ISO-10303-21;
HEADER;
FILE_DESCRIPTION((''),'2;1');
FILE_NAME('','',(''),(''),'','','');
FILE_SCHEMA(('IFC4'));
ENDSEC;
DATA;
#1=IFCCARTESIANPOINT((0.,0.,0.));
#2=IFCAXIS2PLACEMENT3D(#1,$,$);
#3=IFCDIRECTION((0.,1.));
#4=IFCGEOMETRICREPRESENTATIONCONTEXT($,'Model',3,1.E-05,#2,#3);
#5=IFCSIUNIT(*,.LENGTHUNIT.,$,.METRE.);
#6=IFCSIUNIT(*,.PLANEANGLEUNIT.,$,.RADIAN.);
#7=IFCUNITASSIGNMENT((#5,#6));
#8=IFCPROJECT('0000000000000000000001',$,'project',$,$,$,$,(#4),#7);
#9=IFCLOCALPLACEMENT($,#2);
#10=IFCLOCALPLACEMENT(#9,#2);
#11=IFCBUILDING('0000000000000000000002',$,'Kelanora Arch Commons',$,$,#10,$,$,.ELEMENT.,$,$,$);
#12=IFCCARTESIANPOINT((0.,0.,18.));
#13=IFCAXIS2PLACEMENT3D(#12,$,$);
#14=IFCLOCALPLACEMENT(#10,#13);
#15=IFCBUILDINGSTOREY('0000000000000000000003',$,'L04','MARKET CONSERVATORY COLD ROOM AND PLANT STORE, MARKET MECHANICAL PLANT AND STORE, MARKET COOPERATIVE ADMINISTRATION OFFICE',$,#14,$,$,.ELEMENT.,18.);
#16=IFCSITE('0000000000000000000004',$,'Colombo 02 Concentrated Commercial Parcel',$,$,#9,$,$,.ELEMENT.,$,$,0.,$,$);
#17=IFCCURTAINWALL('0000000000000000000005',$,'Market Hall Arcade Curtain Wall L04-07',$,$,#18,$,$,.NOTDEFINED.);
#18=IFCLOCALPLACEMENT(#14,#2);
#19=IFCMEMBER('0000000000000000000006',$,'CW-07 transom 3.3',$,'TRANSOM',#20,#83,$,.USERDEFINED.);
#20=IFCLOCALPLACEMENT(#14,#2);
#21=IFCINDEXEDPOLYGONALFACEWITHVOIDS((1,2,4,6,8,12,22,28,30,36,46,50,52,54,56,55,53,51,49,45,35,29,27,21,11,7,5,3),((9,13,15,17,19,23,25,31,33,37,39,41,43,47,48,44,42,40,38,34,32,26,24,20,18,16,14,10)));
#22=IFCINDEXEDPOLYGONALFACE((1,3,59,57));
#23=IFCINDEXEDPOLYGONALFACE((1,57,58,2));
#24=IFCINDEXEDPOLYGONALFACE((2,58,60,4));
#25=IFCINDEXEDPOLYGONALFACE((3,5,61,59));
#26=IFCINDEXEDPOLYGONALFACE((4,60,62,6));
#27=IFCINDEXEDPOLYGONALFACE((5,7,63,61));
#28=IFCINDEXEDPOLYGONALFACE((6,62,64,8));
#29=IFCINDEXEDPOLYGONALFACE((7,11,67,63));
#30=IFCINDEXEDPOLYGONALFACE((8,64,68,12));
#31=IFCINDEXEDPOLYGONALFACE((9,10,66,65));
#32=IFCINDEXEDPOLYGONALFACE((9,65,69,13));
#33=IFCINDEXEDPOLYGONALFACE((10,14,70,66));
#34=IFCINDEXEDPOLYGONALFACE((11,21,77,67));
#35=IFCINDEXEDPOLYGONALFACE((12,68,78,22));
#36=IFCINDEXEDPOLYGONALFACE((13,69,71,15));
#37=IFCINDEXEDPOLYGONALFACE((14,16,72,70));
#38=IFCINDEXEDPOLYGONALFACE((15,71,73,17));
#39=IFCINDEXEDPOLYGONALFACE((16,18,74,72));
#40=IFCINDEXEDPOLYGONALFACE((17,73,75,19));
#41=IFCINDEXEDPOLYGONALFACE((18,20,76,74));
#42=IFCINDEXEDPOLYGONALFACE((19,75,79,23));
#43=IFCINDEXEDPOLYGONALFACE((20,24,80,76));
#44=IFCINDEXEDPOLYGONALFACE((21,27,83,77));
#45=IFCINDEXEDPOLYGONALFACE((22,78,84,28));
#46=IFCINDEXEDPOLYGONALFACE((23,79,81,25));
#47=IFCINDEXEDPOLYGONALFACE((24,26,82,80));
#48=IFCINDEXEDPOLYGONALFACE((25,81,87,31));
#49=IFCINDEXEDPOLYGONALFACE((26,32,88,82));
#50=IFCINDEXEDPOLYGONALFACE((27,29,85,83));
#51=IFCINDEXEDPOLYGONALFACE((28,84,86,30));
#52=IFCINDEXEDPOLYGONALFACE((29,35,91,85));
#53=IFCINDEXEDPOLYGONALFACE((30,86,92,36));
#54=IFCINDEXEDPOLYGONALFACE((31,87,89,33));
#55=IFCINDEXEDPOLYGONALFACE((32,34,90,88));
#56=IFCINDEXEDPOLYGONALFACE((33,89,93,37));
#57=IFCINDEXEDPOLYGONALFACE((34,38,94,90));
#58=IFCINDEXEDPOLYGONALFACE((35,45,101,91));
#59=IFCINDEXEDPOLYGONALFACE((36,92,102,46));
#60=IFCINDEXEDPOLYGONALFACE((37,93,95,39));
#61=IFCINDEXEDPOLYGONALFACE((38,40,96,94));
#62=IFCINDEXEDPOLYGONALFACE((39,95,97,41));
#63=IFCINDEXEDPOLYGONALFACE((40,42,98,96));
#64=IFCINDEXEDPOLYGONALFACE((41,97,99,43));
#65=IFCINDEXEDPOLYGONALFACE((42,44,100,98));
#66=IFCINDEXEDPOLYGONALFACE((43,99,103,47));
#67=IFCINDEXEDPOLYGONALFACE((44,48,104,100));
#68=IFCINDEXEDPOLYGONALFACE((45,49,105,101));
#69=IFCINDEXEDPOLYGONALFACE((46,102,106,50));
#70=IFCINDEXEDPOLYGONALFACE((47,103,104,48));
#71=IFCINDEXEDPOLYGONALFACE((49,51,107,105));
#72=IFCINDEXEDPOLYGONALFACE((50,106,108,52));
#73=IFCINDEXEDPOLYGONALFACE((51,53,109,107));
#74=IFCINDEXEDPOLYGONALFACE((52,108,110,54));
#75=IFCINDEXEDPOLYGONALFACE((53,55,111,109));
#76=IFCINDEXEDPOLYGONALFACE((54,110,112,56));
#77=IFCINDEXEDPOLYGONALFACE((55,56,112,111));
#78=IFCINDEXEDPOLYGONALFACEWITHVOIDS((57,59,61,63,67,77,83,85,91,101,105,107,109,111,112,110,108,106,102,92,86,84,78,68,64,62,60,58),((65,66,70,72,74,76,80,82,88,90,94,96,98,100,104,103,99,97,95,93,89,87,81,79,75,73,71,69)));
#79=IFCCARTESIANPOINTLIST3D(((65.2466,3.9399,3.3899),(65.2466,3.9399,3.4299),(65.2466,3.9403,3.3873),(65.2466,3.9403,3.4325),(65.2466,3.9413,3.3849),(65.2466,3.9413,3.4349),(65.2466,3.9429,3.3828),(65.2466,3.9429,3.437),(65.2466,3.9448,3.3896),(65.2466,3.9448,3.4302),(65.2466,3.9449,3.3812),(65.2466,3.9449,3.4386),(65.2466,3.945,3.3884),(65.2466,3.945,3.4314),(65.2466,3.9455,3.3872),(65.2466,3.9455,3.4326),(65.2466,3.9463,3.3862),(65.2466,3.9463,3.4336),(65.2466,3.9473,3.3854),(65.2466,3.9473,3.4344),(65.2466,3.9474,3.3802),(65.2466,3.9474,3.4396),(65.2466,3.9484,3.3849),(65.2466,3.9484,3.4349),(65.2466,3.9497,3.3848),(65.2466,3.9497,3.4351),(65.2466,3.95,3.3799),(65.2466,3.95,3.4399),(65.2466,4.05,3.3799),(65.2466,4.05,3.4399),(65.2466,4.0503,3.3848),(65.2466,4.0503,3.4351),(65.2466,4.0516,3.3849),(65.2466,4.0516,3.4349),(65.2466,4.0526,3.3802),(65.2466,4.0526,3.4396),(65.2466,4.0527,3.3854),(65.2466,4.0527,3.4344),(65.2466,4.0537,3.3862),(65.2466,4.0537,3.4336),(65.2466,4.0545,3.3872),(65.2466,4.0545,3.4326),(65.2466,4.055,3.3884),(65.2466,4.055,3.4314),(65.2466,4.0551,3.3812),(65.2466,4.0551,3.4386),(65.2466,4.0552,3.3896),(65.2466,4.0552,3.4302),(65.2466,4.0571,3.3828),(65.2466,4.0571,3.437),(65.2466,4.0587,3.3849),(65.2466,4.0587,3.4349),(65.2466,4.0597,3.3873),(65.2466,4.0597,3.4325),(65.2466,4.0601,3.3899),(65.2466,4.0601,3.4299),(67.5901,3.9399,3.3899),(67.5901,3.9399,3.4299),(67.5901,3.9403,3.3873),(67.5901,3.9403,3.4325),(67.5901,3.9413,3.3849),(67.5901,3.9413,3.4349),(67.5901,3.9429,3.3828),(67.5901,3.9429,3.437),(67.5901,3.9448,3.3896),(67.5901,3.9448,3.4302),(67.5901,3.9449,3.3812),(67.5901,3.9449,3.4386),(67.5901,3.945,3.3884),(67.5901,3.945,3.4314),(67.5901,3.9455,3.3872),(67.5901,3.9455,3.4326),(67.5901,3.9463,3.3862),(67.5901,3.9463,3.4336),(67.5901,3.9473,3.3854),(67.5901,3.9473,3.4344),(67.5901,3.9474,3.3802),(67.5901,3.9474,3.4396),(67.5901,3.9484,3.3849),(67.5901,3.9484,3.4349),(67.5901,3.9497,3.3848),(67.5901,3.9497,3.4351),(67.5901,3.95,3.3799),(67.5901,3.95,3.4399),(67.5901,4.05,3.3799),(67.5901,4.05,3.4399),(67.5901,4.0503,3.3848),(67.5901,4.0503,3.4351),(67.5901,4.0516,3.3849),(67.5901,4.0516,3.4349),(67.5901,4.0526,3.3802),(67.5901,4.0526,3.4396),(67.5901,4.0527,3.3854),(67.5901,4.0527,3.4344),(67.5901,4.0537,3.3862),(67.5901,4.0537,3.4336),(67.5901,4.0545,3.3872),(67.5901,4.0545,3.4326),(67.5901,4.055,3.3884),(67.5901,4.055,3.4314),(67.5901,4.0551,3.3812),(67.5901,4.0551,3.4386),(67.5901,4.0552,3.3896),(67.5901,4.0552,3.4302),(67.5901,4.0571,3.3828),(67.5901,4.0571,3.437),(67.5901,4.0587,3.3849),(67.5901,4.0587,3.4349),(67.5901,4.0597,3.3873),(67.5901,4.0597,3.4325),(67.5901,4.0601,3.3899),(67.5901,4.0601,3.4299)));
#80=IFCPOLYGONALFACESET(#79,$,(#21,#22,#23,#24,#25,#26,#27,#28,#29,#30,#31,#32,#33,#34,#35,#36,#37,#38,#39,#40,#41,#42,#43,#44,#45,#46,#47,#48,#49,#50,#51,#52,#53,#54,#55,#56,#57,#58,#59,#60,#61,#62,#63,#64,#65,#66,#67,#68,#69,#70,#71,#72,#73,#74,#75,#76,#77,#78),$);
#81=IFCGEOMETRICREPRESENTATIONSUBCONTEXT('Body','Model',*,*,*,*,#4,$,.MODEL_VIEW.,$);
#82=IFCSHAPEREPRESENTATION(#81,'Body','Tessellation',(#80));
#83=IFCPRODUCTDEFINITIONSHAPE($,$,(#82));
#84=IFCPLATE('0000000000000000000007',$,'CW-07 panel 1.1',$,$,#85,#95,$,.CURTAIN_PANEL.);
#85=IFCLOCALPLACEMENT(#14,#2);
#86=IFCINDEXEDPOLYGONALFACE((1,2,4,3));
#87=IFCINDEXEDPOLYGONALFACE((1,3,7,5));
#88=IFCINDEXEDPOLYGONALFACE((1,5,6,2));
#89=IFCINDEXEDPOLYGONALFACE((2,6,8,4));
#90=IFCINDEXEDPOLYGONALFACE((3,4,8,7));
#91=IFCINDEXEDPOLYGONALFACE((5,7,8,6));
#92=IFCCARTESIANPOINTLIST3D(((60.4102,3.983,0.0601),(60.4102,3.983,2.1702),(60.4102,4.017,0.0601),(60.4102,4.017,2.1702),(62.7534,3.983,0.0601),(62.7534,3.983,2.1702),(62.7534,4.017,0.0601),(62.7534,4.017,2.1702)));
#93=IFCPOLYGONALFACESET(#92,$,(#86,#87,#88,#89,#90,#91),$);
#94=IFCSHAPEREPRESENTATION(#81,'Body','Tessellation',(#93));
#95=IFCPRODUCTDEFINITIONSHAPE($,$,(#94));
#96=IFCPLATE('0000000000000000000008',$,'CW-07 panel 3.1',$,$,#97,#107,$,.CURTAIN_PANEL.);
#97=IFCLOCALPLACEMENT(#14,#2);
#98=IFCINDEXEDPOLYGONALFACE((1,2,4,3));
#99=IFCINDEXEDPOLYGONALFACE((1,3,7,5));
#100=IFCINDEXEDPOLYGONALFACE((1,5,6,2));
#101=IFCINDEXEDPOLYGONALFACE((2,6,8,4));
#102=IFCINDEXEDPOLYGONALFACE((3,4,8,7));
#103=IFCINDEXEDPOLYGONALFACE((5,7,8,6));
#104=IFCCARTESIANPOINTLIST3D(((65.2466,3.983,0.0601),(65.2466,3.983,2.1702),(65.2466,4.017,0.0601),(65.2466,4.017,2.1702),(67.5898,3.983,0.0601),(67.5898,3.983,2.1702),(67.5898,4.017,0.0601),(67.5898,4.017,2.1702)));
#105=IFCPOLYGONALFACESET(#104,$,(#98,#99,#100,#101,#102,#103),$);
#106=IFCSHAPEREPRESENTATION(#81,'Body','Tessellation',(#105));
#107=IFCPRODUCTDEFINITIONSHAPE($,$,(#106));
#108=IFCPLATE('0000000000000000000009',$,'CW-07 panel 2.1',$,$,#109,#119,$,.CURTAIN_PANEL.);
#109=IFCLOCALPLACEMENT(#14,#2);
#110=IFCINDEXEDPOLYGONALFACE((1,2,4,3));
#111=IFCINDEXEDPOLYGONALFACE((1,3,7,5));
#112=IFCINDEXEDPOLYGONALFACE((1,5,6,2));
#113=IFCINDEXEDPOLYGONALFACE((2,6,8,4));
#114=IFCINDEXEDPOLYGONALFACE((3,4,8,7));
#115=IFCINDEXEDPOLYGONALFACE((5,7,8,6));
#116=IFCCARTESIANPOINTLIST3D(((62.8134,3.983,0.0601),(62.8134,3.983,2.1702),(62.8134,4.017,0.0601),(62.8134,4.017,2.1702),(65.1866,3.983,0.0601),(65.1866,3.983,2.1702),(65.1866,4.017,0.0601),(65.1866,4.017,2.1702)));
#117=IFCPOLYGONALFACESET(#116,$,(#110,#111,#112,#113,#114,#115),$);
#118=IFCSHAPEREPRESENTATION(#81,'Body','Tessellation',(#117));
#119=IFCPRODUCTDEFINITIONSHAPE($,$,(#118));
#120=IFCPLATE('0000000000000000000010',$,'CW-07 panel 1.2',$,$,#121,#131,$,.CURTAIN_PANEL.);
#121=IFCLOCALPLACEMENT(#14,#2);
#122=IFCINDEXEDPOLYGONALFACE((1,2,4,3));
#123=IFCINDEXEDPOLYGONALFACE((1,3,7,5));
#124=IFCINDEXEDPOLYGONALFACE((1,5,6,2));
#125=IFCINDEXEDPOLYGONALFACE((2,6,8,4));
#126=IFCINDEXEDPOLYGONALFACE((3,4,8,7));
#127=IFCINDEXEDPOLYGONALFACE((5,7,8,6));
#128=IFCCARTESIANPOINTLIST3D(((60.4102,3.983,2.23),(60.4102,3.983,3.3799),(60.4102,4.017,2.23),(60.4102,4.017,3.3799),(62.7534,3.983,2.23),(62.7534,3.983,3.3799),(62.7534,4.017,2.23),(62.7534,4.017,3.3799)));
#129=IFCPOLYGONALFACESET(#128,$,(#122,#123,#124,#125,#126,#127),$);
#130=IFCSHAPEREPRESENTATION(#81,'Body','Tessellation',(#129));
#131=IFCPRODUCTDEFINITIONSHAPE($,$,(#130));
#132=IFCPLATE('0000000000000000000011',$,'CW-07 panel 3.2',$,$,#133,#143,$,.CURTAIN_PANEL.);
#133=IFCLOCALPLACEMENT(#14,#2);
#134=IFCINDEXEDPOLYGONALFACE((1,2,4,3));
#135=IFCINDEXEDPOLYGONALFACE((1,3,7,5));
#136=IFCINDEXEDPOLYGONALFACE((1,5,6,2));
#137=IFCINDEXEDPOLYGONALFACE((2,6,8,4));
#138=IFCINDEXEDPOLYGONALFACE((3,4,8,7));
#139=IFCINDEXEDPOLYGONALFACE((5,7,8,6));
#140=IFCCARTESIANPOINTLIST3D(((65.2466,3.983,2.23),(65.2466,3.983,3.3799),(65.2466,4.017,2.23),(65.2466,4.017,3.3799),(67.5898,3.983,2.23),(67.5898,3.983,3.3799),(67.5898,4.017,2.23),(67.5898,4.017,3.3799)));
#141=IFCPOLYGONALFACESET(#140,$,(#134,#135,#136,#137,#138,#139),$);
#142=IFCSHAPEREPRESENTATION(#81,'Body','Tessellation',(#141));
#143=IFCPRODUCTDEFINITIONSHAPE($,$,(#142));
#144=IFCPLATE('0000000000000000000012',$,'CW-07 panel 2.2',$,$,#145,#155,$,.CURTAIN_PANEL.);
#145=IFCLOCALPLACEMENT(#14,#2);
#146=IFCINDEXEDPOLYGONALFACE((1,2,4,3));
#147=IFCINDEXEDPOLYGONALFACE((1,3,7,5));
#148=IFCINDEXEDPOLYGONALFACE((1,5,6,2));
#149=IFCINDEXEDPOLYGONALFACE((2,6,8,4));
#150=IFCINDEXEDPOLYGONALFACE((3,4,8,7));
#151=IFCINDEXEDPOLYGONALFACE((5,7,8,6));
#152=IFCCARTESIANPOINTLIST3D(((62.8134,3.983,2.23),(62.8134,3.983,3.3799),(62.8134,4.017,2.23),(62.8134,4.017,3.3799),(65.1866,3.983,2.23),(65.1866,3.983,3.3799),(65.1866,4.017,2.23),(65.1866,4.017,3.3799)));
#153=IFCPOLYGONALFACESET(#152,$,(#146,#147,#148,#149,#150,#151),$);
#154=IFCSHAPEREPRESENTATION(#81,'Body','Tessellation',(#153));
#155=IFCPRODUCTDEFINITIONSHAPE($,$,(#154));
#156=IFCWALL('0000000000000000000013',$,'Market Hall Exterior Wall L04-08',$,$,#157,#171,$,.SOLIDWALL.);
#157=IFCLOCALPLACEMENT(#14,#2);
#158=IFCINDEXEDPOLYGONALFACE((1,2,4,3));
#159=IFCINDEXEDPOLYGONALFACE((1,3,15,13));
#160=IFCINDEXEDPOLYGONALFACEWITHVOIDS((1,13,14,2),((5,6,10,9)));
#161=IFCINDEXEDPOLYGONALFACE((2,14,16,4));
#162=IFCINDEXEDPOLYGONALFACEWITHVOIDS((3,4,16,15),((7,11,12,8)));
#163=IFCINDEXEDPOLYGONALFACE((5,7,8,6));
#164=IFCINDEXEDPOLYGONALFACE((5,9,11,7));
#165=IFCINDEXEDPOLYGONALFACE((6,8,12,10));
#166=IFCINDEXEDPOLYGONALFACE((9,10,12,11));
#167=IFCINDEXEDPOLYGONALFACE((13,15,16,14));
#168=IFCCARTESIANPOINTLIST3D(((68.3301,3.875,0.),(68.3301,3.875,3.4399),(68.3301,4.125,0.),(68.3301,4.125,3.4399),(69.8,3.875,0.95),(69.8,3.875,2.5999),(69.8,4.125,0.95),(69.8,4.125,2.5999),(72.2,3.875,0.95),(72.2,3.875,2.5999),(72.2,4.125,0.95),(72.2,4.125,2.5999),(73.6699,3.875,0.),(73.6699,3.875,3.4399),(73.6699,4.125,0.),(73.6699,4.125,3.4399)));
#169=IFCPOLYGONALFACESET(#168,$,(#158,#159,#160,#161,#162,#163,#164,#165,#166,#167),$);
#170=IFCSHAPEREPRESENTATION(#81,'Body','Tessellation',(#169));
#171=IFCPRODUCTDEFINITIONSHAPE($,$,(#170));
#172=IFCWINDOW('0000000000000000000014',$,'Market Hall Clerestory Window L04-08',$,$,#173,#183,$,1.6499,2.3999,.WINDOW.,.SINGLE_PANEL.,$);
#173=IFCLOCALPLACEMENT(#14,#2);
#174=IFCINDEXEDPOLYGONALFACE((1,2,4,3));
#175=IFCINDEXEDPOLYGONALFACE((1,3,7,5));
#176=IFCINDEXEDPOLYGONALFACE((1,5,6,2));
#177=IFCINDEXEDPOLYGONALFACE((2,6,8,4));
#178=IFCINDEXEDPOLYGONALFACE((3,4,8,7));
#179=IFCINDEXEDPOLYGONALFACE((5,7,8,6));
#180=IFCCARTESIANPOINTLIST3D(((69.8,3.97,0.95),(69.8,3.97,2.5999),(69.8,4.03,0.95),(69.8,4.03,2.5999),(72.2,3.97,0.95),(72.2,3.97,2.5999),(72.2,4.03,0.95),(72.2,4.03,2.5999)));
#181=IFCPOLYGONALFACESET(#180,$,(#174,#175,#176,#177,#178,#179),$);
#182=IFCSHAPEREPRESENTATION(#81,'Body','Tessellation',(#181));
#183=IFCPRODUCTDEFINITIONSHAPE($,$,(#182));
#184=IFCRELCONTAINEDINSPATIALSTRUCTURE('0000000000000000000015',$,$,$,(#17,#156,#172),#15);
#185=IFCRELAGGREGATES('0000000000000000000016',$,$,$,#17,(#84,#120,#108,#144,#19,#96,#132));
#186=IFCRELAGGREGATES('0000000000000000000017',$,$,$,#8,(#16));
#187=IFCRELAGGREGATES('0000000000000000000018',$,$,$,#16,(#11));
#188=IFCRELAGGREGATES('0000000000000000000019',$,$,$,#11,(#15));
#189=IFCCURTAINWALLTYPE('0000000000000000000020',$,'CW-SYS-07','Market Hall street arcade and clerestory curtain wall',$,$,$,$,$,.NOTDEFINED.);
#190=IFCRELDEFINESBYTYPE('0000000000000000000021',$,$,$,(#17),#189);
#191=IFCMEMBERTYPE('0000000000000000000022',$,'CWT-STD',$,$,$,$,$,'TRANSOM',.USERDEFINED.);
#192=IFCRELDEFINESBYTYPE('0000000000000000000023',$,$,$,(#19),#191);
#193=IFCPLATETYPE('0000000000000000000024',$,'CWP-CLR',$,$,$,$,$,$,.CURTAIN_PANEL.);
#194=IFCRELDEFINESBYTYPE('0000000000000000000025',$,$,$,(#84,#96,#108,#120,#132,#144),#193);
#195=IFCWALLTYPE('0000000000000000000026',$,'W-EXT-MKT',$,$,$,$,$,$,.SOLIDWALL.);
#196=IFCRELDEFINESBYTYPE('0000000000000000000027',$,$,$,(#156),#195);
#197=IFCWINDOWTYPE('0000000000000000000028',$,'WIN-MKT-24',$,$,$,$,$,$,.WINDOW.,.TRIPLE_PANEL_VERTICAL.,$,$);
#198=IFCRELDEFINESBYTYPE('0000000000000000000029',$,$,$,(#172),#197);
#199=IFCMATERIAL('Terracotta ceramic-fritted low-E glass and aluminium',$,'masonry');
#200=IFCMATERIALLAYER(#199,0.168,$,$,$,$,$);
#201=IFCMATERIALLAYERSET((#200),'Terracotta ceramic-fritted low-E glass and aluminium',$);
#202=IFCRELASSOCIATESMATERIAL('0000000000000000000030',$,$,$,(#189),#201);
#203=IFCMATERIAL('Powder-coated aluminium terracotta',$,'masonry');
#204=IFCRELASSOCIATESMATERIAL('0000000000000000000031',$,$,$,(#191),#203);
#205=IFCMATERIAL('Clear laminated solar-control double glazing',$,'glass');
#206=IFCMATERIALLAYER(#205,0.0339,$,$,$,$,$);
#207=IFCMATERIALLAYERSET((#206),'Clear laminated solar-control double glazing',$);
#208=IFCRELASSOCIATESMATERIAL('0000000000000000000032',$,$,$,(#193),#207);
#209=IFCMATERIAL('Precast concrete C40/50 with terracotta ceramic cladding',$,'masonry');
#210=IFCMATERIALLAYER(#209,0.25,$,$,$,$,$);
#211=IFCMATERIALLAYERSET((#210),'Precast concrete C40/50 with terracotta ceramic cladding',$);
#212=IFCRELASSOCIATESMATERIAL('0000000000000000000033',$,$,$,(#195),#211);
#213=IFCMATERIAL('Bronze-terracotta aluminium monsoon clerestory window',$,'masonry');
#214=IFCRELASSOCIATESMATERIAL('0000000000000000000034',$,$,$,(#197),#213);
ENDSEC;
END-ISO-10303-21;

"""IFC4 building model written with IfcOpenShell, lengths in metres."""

from ifc_helpers import new_model, si_unit, direction, frame, frame_2d, origin, origin_2d, place, context, subcontext, project, spatial, rectangle, hollow_rectangle, extrude, source, transform, mapped, material, layer, layer_set, material_profile, profile_set, type_object, element, fill, aggregate, save


model = new_model("IFC4")

# Units and contexts
model_context = context("Model", 3, precision=1e-05, world=origin(), true_north=direction((0.0, 1.0)))
body_context = subcontext(model_context, "Body", "Model", "MODEL_VIEW")
ifc_project = project(units=[si_unit("LENGTHUNIT", "METRE"), si_unit("PLANEANGLEUNIT", "RADIAN")], contexts=[model_context])

# Site, building, storey
site_placement = place(None, origin())
site = spatial("IfcSite", under=ifc_project, at=site_placement, Name="Colombo 02 Concentrated Commercial Parcel", CompositionType="ELEMENT", RefElevation=0.0)
building_placement = place(site_placement, origin())
building = spatial("IfcBuilding", under=site, at=building_placement, Name="Kelanora Arch Commons", CompositionType="ELEMENT")
storey_placement = place(building_placement, frame((0.0, 0.0, 18.0)))
storey = spatial("IfcBuildingStorey", under=building, at=storey_placement, Name="L04", Description="MARKET CONSERVATORY COLD ROOM AND PLANT STORE, MARKET MECHANICAL PLANT AND STORE, MARKET COOPERATIVE ADMINISTRATION OFFICE", CompositionType="ELEMENT", Elevation=18.0)

# Curtain wall, member, plates
ifc_material_1 = material(Name="Terracotta ceramic-fritted low-E glass and aluminium", Category="masonry")
ifc_layer_1 = layer(ifc_material_1, 0.168)
ifc_layer_set_1 = layer_set([ifc_layer_1], Name="Terracotta ceramic-fritted low-E glass and aluminium")
curtain_wall_type = type_object("IfcCurtainWallType", Name="CW-SYS-07", Description="Market Hall street arcade and clerestory curtain wall", PredefinedType="NOTDEFINED", material=ifc_layer_set_1)
curtain_wall_placement = place(storey_placement, origin())
curtain_wall = element("IfcCurtainWall", 1, at=curtain_wall_placement, inside=storey, type_object=curtain_wall_type, Name="Market Hall Arcade Curtain Wall L04-07", PredefinedType="NOTDEFINED")
ifc_material_2 = material(Name="Powder-coated aluminium terracotta", Category="masonry")
ifc_material_profile_1 = material_profile(ifc_material_2, hollow_rectangle(XDim=0.1201, YDim=0.0601, WallThickness=0.0049, InnerFilletRadius=0.0049, OuterFilletRadius=0.01, at=origin_2d()), Name="CWT120x60")
ifc_profile_set_1 = profile_set([ifc_material_profile_1], Name="Powder-coated aluminium terracotta")
member_type_1 = type_object("IfcMemberType", Name="CWT-STD", ElementType="TRANSOM", PredefinedType="USERDEFINED", material=ifc_profile_set_1)
member_1_placement = place(storey_placement, frame((65.2466, 4.0, 3.4099), z_axis=(1.0, 0.0, 0.0), x_axis=(0.0, 1.0, 0.0)))
member_1 = element("IfcMember", 2, at=member_1_placement, type_object=member_type_1, Name="CW-07 transom 3.3", ObjectType="TRANSOM", PredefinedType="USERDEFINED", context=body_context, shape_type="SweptSolid", body=[
    extrude(hollow_rectangle(XDim=0.1201, YDim=0.0601, WallThickness=0.0049, InnerFilletRadius=0.0049, OuterFilletRadius=0.01, at=origin_2d()), origin(), (0.0, 0.0, 1.0), 2.3435),
])
ifc_material_3 = material(Name="Clear laminated solar-control double glazing", Category="glass")
ifc_layer_2 = layer(ifc_material_3, 0.0339)
ifc_layer_set_2 = layer_set([ifc_layer_2], Name="Clear laminated solar-control double glazing")
plate_type = type_object("IfcPlateType", Name="CWP-CLR", PredefinedType="CURTAIN_PANEL", material=ifc_layer_set_2)
shared_shape_1 = source(origin(), body_context, "Body", "SweptSolid", [
    extrude(rectangle(XDim=2.3433, YDim=0.0339, at=origin_2d()), origin(), (0.0, 0.0, 1.0), 2.1101),
])
plate_1_placement = place(storey_placement, frame((61.5818, 4.0, 0.0601), z_axis=(0.0, 0.0, 1.0), x_axis=(1.0, 0.0, 0.0)))
plate_1 = element("IfcPlate", 3, at=plate_1_placement, type_object=plate_type, Name="CW-07 panel 1.1", PredefinedType="CURTAIN_PANEL", context=body_context, shape_type="MappedRepresentation", body=[
    mapped(shared_shape_1, transform((0.0, 0.0, 0.0), scale=1.0)),
])
plate_2_placement = place(storey_placement, frame((66.4182, 4.0, 0.0601), z_axis=(0.0, 0.0, 1.0), x_axis=(1.0, 0.0, 0.0)))
plate_2 = element("IfcPlate", 4, at=plate_2_placement, type_object=plate_type, Name="CW-07 panel 3.1", PredefinedType="CURTAIN_PANEL", context=body_context, shape_type="MappedRepresentation", body=[
    mapped(shared_shape_1, transform((0.0, 0.0, 0.0), scale=1.0)),
])
shared_shape_2 = source(origin(), body_context, "Body", "SweptSolid", [
    extrude(rectangle(XDim=2.3733, YDim=0.0339, at=origin_2d()), origin(), (0.0, 0.0, 1.0), 2.1101),
])
plate_3_placement = place(storey_placement, frame((64.0, 4.0, 0.0601), z_axis=(0.0, 0.0, 1.0), x_axis=(1.0, 0.0, 0.0)))
plate_3 = element("IfcPlate", 5, at=plate_3_placement, type_object=plate_type, Name="CW-07 panel 2.1", PredefinedType="CURTAIN_PANEL", context=body_context, shape_type="MappedRepresentation", body=[
    mapped(shared_shape_2, transform((0.0, 0.0, 0.0), scale=1.0)),
])
shared_shape_3 = source(origin(), body_context, "Body", "SweptSolid", [
    extrude(rectangle(XDim=2.3433, YDim=0.0339, at=origin_2d()), origin(), (0.0, 0.0, 1.0), 1.1499),
])
plate_4_placement = place(storey_placement, frame((61.5818, 4.0, 2.23), z_axis=(0.0, 0.0, 1.0), x_axis=(1.0, 0.0, 0.0)))
plate_4 = element("IfcPlate", 6, at=plate_4_placement, type_object=plate_type, Name="CW-07 panel 1.2", PredefinedType="CURTAIN_PANEL", context=body_context, shape_type="MappedRepresentation", body=[
    mapped(shared_shape_3, transform((0.0, 0.0, 0.0), scale=1.0)),
])
plate_5_placement = place(storey_placement, frame((66.4182, 4.0, 2.23), z_axis=(0.0, 0.0, 1.0), x_axis=(1.0, 0.0, 0.0)))
plate_5 = element("IfcPlate", 7, at=plate_5_placement, type_object=plate_type, Name="CW-07 panel 3.2", PredefinedType="CURTAIN_PANEL", context=body_context, shape_type="MappedRepresentation", body=[
    mapped(shared_shape_3, transform((0.0, 0.0, 0.0), scale=1.0)),
])
shared_shape_4 = source(origin(), body_context, "Body", "SweptSolid", [
    extrude(rectangle(XDim=2.3733, YDim=0.0339, at=origin_2d()), origin(), (0.0, 0.0, 1.0), 1.1499),
])
plate_6_placement = place(storey_placement, frame((64.0, 4.0, 2.23), z_axis=(0.0, 0.0, 1.0), x_axis=(1.0, 0.0, 0.0)))
plate_6 = element("IfcPlate", 8, at=plate_6_placement, type_object=plate_type, Name="CW-07 panel 2.2", PredefinedType="CURTAIN_PANEL", context=body_context, shape_type="MappedRepresentation", body=[
    mapped(shared_shape_4, transform((0.0, 0.0, 0.0), scale=1.0)),
])
aggregate(curtain_wall, [plate_1, plate_4, plate_3, plate_6, member_1, plate_2, plate_5])

# Wall, opening, window
ifc_material_4 = material(Name="Precast concrete C40/50 with terracotta ceramic cladding", Category="masonry")
ifc_layer_3 = layer(ifc_material_4, 0.25)
ifc_layer_set_3 = layer_set([ifc_layer_3], Name="Precast concrete C40/50 with terracotta ceramic cladding")
wall_type = type_object("IfcWallType", Name="W-EXT-MKT", PredefinedType="SOLIDWALL", material=ifc_layer_set_3)
wall_placement = place(storey_placement, frame((68.3301, 4.0, 0.0), z_axis=(0.0, 0.0, 1.0), x_axis=(1.0, 0.0, 0.0)))
wall = element("IfcWall", 9, at=wall_placement, inside=storey, type_object=wall_type, Name="Market Hall Exterior Wall L04-08", PredefinedType="SOLIDWALL", context=body_context, shape_type="SweptSolid", body=[
    extrude(rectangle(XDim=5.3398, YDim=0.25, at=frame_2d((2.6699, 0.0))), origin(), (0.0, 0.0, 1.0), 3.4399),
])
opening_placement = place(wall_placement, frame((1.47, 0.0, 0.95)))
opening = element("IfcOpeningElement", 10, at=opening_placement, cuts=wall, PredefinedType="OPENING", context=body_context, shape_type="SweptSolid", body=[
    extrude(rectangle(XDim=2.3999, YDim=1.6499, at=frame_2d((1.2, 0.825))), frame((0.0, 0.135, 0.0), z_axis=(0.0, -1.0, 0.0), x_axis=(1.0, 0.0, 0.0)), (0.0, 0.0, 1.0), 0.27),
])
ifc_material_5 = material(Name="Bronze-terracotta aluminium monsoon clerestory window", Category="masonry")
window_type = type_object("IfcWindowType", Name="WIN-MKT-24", PartitioningType="TRIPLE_PANEL_VERTICAL", PredefinedType="WINDOW", material=ifc_material_5)
window_placement = place(opening_placement, origin())
window = element("IfcWindow", 11, at=window_placement, inside=storey, type_object=window_type, Name="Market Hall Clerestory Window L04-08", OverallHeight=1.6499, OverallWidth=2.3999, PartitioningType="SINGLE_PANEL", PredefinedType="WINDOW", context=body_context, shape_type="SweptSolid", body=[
    extrude(rectangle(XDim=2.3999, YDim=1.6499, at=frame_2d((1.2, 0.825))), frame((0.0, 0.03, 0.0), z_axis=(0.0, -1.0, 0.0), x_axis=(1.0, 0.0, 0.0)), (0.0, 0.0, 1.0), 0.0601),
])
fill(opening, window)

save(model, "model.ifc")
